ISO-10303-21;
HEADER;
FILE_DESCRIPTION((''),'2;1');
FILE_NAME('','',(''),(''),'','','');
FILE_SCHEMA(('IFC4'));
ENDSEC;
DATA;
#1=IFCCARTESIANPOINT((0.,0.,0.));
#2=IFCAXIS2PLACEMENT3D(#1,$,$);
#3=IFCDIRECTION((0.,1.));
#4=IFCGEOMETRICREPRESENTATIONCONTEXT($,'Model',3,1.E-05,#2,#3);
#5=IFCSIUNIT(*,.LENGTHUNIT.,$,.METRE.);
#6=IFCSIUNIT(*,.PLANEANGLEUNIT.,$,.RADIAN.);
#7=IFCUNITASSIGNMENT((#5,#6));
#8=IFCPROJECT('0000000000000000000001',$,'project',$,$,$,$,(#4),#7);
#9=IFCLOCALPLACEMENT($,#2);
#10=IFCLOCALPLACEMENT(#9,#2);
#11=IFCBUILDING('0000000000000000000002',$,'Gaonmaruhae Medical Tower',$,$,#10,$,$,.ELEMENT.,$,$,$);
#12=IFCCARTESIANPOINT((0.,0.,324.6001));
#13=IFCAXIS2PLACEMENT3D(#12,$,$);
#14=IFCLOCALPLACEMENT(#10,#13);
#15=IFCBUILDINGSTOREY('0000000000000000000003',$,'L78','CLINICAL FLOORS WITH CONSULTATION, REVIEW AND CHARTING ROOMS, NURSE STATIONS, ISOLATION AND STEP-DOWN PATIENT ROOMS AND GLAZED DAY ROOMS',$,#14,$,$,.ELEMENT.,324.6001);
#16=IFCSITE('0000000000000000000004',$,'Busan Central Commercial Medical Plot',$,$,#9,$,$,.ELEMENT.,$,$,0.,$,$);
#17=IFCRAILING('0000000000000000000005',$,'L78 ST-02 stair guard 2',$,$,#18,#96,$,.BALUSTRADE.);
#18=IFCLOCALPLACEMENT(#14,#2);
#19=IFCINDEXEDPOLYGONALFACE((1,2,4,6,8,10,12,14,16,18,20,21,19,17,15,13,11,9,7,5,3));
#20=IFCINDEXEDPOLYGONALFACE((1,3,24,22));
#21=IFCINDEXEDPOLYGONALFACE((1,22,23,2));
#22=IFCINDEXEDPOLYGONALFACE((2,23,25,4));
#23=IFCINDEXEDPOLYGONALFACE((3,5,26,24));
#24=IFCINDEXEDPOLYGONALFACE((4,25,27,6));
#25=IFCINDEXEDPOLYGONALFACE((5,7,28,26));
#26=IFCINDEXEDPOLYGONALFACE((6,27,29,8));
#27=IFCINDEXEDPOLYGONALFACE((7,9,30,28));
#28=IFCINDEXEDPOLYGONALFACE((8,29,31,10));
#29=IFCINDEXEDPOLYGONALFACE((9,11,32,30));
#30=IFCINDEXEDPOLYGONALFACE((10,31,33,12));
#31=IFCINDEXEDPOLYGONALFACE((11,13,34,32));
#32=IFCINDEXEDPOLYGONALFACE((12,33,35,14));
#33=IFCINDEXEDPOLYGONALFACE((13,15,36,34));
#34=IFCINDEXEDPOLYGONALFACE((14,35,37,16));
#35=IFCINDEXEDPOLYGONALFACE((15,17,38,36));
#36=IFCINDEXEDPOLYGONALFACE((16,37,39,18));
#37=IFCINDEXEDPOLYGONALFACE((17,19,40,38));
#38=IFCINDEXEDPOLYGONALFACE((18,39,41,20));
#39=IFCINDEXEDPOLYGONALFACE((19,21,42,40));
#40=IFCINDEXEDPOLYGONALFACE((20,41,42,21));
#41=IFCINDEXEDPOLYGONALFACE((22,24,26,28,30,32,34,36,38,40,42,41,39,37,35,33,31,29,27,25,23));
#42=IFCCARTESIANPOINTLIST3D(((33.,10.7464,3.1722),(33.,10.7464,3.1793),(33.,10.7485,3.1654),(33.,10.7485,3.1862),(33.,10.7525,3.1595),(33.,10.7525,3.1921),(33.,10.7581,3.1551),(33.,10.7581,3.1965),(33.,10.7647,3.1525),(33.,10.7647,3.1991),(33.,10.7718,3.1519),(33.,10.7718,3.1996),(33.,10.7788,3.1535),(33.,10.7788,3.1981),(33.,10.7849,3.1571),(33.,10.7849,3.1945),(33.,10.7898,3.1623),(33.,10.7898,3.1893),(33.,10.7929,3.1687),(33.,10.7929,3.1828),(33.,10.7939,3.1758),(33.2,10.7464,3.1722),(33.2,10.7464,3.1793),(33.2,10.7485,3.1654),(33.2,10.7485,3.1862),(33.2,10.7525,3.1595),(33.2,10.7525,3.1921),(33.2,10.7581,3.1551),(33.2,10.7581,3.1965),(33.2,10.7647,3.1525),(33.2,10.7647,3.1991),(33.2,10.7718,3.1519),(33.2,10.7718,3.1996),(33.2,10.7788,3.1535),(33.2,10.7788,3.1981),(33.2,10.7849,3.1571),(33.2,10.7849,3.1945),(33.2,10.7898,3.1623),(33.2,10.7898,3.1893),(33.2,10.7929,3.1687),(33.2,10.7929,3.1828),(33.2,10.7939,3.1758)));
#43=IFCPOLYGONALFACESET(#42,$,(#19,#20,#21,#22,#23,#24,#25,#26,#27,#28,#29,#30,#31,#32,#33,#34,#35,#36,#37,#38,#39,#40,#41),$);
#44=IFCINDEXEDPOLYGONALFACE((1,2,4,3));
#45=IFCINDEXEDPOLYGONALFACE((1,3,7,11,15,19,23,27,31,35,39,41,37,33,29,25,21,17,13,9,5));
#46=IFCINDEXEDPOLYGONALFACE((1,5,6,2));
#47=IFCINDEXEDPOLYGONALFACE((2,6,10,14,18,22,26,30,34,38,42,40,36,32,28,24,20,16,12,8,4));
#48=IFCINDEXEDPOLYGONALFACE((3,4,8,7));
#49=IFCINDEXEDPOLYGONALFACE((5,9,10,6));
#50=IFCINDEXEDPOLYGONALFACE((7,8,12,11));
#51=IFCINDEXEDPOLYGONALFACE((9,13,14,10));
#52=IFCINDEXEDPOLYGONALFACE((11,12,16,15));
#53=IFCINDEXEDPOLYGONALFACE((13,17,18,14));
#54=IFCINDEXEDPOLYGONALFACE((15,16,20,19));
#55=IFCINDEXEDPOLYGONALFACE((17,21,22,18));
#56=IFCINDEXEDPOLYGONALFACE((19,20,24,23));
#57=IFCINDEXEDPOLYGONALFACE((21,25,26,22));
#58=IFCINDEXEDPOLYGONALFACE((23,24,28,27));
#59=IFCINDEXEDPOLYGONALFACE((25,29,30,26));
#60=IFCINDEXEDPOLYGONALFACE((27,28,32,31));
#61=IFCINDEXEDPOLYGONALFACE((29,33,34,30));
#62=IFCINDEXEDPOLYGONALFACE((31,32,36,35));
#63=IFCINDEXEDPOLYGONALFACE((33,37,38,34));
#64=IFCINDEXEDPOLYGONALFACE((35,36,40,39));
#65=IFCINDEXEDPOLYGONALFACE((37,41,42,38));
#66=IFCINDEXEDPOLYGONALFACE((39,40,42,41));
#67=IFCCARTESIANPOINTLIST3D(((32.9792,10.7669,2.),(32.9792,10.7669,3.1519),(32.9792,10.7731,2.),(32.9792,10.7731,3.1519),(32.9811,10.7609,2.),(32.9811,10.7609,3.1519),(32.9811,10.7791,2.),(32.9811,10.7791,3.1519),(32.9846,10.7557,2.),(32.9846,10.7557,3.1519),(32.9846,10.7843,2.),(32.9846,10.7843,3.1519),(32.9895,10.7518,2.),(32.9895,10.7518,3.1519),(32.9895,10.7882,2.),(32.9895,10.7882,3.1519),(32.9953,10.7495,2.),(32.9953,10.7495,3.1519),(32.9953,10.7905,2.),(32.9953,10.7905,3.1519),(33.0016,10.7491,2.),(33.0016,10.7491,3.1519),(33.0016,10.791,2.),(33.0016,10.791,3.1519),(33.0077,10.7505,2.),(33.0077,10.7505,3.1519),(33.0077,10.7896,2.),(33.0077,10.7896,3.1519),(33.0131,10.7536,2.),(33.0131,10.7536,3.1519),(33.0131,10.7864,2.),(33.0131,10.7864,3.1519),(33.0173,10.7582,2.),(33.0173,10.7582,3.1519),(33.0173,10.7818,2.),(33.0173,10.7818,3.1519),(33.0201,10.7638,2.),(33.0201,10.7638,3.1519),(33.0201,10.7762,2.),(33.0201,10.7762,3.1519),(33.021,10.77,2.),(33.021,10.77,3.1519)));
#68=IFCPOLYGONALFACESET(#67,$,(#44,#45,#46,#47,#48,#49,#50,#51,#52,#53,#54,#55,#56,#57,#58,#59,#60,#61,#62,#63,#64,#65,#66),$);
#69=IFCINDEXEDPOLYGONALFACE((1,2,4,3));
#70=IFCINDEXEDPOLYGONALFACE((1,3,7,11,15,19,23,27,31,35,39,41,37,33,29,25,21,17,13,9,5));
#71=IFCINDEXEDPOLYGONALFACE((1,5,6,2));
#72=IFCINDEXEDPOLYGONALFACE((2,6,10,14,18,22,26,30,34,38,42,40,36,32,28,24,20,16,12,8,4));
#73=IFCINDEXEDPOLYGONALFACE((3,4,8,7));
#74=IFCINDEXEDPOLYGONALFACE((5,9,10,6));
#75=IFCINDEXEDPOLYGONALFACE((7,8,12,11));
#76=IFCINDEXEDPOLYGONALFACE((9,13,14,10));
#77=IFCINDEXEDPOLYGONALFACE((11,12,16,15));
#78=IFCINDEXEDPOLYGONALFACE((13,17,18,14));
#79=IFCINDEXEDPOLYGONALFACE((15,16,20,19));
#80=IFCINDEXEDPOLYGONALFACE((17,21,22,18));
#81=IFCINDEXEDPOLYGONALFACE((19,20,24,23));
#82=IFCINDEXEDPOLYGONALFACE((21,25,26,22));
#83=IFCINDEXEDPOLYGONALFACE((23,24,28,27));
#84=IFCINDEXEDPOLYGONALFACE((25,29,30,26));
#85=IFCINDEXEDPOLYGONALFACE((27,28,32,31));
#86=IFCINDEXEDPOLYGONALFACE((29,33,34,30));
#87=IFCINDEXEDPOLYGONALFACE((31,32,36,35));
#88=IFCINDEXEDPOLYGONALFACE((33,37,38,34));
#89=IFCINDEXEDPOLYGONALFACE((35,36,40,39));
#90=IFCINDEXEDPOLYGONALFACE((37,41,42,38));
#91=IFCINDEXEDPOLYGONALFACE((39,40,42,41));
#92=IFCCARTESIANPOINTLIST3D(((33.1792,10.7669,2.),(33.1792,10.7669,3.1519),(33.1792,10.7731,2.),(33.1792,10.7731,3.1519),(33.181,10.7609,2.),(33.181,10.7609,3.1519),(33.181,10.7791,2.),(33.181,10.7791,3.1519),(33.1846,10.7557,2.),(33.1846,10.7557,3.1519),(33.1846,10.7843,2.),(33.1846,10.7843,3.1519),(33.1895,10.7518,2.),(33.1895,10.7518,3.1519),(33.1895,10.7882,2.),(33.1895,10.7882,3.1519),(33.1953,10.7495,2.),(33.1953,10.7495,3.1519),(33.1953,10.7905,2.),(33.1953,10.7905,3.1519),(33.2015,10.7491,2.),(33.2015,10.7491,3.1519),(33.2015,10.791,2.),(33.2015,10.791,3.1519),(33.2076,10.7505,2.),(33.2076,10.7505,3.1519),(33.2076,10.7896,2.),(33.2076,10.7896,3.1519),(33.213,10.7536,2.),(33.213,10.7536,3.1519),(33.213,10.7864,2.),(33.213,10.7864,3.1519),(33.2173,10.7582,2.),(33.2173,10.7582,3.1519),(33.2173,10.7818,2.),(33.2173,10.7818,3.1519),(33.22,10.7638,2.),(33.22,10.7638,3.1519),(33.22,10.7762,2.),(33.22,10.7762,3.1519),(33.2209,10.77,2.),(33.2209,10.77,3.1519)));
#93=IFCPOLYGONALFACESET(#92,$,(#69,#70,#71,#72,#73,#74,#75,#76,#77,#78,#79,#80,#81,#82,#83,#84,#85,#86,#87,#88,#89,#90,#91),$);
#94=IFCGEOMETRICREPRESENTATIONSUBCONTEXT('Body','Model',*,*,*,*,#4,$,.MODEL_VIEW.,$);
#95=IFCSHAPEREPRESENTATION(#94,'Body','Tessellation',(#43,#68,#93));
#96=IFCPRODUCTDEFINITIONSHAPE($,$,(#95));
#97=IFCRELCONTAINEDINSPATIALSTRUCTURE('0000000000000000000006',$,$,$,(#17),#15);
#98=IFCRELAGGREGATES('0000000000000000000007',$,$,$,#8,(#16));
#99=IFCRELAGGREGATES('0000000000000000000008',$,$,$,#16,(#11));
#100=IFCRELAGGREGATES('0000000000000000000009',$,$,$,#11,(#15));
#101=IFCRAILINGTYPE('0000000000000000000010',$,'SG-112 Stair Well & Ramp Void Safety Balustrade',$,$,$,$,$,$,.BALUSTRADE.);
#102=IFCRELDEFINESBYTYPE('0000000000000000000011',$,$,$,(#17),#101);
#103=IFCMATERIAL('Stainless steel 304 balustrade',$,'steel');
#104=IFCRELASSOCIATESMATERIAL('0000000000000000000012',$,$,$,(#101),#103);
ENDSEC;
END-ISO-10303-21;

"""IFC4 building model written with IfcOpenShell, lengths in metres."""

from ifc_helpers import new_model, si_unit, direction, frame, origin, origin_2d, place, context, subcontext, project, spatial, circle, extrude, material, type_object, element, save


model = new_model("IFC4")

# Units and contexts
model_context = context("Model", 3, precision=1e-05, world=origin(), true_north=direction((0.0, 1.0)))
body_context = subcontext(model_context, "Body", "Model", "MODEL_VIEW")
ifc_project = project(units=[si_unit("LENGTHUNIT", "METRE"), si_unit("PLANEANGLEUNIT", "RADIAN")], contexts=[model_context])

# Site, building, storey
site_placement = place(None, origin())
site = spatial("IfcSite", under=ifc_project, at=site_placement, Name="Busan Central Commercial Medical Plot", CompositionType="ELEMENT", RefElevation=0.0)
building_placement = place(site_placement, origin())
building = spatial("IfcBuilding", under=site, at=building_placement, Name="Gaonmaruhae Medical Tower", CompositionType="ELEMENT")
storey_placement = place(building_placement, frame((0.0, 0.0, 324.6001)))
storey = spatial("IfcBuildingStorey", under=building, at=storey_placement, Name="L78", Description="CLINICAL FLOORS WITH CONSULTATION, REVIEW AND CHARTING ROOMS, NURSE STATIONS, ISOLATION AND STEP-DOWN PATIENT ROOMS AND GLAZED DAY ROOMS", CompositionType="ELEMENT", Elevation=324.6001)

# Railing
ifc_material_1 = material(Name="Stainless steel 304 balustrade", Category="steel")
railing_type_1 = type_object("IfcRailingType", Name="SG-112 Stair Well & Ramp Void Safety Balustrade", PredefinedType="BALUSTRADE", material=ifc_material_1)
railing_1_placement = place(storey_placement, frame((33.0, 10.77, 2.0)))
element("IfcRailing", 1, at=railing_1_placement, inside=storey, type_object=railing_type_1, Name="L78 ST-02 stair guard 2", PredefinedType="BALUSTRADE", context=body_context, shape_type="SweptSolid", body=[
    extrude(circle(Radius=0.0239, at=origin_2d()), frame((0.0, 0.0, 1.1758), z_axis=(1.0, 0.0, 0.0), x_axis=(0.0, 1.0, 0.0)), (0.0, 0.0, 1.0), 0.2),
    extrude(circle(Radius=0.021, at=origin_2d()), origin(), (0.0, 0.0, 1.0), 1.1519),
    extrude(circle(Radius=0.021, at=origin_2d()), frame((0.2, 0.0, 0.0)), (0.0, 0.0, 1.0), 1.1519),
])

save(model, "model.ifc")
